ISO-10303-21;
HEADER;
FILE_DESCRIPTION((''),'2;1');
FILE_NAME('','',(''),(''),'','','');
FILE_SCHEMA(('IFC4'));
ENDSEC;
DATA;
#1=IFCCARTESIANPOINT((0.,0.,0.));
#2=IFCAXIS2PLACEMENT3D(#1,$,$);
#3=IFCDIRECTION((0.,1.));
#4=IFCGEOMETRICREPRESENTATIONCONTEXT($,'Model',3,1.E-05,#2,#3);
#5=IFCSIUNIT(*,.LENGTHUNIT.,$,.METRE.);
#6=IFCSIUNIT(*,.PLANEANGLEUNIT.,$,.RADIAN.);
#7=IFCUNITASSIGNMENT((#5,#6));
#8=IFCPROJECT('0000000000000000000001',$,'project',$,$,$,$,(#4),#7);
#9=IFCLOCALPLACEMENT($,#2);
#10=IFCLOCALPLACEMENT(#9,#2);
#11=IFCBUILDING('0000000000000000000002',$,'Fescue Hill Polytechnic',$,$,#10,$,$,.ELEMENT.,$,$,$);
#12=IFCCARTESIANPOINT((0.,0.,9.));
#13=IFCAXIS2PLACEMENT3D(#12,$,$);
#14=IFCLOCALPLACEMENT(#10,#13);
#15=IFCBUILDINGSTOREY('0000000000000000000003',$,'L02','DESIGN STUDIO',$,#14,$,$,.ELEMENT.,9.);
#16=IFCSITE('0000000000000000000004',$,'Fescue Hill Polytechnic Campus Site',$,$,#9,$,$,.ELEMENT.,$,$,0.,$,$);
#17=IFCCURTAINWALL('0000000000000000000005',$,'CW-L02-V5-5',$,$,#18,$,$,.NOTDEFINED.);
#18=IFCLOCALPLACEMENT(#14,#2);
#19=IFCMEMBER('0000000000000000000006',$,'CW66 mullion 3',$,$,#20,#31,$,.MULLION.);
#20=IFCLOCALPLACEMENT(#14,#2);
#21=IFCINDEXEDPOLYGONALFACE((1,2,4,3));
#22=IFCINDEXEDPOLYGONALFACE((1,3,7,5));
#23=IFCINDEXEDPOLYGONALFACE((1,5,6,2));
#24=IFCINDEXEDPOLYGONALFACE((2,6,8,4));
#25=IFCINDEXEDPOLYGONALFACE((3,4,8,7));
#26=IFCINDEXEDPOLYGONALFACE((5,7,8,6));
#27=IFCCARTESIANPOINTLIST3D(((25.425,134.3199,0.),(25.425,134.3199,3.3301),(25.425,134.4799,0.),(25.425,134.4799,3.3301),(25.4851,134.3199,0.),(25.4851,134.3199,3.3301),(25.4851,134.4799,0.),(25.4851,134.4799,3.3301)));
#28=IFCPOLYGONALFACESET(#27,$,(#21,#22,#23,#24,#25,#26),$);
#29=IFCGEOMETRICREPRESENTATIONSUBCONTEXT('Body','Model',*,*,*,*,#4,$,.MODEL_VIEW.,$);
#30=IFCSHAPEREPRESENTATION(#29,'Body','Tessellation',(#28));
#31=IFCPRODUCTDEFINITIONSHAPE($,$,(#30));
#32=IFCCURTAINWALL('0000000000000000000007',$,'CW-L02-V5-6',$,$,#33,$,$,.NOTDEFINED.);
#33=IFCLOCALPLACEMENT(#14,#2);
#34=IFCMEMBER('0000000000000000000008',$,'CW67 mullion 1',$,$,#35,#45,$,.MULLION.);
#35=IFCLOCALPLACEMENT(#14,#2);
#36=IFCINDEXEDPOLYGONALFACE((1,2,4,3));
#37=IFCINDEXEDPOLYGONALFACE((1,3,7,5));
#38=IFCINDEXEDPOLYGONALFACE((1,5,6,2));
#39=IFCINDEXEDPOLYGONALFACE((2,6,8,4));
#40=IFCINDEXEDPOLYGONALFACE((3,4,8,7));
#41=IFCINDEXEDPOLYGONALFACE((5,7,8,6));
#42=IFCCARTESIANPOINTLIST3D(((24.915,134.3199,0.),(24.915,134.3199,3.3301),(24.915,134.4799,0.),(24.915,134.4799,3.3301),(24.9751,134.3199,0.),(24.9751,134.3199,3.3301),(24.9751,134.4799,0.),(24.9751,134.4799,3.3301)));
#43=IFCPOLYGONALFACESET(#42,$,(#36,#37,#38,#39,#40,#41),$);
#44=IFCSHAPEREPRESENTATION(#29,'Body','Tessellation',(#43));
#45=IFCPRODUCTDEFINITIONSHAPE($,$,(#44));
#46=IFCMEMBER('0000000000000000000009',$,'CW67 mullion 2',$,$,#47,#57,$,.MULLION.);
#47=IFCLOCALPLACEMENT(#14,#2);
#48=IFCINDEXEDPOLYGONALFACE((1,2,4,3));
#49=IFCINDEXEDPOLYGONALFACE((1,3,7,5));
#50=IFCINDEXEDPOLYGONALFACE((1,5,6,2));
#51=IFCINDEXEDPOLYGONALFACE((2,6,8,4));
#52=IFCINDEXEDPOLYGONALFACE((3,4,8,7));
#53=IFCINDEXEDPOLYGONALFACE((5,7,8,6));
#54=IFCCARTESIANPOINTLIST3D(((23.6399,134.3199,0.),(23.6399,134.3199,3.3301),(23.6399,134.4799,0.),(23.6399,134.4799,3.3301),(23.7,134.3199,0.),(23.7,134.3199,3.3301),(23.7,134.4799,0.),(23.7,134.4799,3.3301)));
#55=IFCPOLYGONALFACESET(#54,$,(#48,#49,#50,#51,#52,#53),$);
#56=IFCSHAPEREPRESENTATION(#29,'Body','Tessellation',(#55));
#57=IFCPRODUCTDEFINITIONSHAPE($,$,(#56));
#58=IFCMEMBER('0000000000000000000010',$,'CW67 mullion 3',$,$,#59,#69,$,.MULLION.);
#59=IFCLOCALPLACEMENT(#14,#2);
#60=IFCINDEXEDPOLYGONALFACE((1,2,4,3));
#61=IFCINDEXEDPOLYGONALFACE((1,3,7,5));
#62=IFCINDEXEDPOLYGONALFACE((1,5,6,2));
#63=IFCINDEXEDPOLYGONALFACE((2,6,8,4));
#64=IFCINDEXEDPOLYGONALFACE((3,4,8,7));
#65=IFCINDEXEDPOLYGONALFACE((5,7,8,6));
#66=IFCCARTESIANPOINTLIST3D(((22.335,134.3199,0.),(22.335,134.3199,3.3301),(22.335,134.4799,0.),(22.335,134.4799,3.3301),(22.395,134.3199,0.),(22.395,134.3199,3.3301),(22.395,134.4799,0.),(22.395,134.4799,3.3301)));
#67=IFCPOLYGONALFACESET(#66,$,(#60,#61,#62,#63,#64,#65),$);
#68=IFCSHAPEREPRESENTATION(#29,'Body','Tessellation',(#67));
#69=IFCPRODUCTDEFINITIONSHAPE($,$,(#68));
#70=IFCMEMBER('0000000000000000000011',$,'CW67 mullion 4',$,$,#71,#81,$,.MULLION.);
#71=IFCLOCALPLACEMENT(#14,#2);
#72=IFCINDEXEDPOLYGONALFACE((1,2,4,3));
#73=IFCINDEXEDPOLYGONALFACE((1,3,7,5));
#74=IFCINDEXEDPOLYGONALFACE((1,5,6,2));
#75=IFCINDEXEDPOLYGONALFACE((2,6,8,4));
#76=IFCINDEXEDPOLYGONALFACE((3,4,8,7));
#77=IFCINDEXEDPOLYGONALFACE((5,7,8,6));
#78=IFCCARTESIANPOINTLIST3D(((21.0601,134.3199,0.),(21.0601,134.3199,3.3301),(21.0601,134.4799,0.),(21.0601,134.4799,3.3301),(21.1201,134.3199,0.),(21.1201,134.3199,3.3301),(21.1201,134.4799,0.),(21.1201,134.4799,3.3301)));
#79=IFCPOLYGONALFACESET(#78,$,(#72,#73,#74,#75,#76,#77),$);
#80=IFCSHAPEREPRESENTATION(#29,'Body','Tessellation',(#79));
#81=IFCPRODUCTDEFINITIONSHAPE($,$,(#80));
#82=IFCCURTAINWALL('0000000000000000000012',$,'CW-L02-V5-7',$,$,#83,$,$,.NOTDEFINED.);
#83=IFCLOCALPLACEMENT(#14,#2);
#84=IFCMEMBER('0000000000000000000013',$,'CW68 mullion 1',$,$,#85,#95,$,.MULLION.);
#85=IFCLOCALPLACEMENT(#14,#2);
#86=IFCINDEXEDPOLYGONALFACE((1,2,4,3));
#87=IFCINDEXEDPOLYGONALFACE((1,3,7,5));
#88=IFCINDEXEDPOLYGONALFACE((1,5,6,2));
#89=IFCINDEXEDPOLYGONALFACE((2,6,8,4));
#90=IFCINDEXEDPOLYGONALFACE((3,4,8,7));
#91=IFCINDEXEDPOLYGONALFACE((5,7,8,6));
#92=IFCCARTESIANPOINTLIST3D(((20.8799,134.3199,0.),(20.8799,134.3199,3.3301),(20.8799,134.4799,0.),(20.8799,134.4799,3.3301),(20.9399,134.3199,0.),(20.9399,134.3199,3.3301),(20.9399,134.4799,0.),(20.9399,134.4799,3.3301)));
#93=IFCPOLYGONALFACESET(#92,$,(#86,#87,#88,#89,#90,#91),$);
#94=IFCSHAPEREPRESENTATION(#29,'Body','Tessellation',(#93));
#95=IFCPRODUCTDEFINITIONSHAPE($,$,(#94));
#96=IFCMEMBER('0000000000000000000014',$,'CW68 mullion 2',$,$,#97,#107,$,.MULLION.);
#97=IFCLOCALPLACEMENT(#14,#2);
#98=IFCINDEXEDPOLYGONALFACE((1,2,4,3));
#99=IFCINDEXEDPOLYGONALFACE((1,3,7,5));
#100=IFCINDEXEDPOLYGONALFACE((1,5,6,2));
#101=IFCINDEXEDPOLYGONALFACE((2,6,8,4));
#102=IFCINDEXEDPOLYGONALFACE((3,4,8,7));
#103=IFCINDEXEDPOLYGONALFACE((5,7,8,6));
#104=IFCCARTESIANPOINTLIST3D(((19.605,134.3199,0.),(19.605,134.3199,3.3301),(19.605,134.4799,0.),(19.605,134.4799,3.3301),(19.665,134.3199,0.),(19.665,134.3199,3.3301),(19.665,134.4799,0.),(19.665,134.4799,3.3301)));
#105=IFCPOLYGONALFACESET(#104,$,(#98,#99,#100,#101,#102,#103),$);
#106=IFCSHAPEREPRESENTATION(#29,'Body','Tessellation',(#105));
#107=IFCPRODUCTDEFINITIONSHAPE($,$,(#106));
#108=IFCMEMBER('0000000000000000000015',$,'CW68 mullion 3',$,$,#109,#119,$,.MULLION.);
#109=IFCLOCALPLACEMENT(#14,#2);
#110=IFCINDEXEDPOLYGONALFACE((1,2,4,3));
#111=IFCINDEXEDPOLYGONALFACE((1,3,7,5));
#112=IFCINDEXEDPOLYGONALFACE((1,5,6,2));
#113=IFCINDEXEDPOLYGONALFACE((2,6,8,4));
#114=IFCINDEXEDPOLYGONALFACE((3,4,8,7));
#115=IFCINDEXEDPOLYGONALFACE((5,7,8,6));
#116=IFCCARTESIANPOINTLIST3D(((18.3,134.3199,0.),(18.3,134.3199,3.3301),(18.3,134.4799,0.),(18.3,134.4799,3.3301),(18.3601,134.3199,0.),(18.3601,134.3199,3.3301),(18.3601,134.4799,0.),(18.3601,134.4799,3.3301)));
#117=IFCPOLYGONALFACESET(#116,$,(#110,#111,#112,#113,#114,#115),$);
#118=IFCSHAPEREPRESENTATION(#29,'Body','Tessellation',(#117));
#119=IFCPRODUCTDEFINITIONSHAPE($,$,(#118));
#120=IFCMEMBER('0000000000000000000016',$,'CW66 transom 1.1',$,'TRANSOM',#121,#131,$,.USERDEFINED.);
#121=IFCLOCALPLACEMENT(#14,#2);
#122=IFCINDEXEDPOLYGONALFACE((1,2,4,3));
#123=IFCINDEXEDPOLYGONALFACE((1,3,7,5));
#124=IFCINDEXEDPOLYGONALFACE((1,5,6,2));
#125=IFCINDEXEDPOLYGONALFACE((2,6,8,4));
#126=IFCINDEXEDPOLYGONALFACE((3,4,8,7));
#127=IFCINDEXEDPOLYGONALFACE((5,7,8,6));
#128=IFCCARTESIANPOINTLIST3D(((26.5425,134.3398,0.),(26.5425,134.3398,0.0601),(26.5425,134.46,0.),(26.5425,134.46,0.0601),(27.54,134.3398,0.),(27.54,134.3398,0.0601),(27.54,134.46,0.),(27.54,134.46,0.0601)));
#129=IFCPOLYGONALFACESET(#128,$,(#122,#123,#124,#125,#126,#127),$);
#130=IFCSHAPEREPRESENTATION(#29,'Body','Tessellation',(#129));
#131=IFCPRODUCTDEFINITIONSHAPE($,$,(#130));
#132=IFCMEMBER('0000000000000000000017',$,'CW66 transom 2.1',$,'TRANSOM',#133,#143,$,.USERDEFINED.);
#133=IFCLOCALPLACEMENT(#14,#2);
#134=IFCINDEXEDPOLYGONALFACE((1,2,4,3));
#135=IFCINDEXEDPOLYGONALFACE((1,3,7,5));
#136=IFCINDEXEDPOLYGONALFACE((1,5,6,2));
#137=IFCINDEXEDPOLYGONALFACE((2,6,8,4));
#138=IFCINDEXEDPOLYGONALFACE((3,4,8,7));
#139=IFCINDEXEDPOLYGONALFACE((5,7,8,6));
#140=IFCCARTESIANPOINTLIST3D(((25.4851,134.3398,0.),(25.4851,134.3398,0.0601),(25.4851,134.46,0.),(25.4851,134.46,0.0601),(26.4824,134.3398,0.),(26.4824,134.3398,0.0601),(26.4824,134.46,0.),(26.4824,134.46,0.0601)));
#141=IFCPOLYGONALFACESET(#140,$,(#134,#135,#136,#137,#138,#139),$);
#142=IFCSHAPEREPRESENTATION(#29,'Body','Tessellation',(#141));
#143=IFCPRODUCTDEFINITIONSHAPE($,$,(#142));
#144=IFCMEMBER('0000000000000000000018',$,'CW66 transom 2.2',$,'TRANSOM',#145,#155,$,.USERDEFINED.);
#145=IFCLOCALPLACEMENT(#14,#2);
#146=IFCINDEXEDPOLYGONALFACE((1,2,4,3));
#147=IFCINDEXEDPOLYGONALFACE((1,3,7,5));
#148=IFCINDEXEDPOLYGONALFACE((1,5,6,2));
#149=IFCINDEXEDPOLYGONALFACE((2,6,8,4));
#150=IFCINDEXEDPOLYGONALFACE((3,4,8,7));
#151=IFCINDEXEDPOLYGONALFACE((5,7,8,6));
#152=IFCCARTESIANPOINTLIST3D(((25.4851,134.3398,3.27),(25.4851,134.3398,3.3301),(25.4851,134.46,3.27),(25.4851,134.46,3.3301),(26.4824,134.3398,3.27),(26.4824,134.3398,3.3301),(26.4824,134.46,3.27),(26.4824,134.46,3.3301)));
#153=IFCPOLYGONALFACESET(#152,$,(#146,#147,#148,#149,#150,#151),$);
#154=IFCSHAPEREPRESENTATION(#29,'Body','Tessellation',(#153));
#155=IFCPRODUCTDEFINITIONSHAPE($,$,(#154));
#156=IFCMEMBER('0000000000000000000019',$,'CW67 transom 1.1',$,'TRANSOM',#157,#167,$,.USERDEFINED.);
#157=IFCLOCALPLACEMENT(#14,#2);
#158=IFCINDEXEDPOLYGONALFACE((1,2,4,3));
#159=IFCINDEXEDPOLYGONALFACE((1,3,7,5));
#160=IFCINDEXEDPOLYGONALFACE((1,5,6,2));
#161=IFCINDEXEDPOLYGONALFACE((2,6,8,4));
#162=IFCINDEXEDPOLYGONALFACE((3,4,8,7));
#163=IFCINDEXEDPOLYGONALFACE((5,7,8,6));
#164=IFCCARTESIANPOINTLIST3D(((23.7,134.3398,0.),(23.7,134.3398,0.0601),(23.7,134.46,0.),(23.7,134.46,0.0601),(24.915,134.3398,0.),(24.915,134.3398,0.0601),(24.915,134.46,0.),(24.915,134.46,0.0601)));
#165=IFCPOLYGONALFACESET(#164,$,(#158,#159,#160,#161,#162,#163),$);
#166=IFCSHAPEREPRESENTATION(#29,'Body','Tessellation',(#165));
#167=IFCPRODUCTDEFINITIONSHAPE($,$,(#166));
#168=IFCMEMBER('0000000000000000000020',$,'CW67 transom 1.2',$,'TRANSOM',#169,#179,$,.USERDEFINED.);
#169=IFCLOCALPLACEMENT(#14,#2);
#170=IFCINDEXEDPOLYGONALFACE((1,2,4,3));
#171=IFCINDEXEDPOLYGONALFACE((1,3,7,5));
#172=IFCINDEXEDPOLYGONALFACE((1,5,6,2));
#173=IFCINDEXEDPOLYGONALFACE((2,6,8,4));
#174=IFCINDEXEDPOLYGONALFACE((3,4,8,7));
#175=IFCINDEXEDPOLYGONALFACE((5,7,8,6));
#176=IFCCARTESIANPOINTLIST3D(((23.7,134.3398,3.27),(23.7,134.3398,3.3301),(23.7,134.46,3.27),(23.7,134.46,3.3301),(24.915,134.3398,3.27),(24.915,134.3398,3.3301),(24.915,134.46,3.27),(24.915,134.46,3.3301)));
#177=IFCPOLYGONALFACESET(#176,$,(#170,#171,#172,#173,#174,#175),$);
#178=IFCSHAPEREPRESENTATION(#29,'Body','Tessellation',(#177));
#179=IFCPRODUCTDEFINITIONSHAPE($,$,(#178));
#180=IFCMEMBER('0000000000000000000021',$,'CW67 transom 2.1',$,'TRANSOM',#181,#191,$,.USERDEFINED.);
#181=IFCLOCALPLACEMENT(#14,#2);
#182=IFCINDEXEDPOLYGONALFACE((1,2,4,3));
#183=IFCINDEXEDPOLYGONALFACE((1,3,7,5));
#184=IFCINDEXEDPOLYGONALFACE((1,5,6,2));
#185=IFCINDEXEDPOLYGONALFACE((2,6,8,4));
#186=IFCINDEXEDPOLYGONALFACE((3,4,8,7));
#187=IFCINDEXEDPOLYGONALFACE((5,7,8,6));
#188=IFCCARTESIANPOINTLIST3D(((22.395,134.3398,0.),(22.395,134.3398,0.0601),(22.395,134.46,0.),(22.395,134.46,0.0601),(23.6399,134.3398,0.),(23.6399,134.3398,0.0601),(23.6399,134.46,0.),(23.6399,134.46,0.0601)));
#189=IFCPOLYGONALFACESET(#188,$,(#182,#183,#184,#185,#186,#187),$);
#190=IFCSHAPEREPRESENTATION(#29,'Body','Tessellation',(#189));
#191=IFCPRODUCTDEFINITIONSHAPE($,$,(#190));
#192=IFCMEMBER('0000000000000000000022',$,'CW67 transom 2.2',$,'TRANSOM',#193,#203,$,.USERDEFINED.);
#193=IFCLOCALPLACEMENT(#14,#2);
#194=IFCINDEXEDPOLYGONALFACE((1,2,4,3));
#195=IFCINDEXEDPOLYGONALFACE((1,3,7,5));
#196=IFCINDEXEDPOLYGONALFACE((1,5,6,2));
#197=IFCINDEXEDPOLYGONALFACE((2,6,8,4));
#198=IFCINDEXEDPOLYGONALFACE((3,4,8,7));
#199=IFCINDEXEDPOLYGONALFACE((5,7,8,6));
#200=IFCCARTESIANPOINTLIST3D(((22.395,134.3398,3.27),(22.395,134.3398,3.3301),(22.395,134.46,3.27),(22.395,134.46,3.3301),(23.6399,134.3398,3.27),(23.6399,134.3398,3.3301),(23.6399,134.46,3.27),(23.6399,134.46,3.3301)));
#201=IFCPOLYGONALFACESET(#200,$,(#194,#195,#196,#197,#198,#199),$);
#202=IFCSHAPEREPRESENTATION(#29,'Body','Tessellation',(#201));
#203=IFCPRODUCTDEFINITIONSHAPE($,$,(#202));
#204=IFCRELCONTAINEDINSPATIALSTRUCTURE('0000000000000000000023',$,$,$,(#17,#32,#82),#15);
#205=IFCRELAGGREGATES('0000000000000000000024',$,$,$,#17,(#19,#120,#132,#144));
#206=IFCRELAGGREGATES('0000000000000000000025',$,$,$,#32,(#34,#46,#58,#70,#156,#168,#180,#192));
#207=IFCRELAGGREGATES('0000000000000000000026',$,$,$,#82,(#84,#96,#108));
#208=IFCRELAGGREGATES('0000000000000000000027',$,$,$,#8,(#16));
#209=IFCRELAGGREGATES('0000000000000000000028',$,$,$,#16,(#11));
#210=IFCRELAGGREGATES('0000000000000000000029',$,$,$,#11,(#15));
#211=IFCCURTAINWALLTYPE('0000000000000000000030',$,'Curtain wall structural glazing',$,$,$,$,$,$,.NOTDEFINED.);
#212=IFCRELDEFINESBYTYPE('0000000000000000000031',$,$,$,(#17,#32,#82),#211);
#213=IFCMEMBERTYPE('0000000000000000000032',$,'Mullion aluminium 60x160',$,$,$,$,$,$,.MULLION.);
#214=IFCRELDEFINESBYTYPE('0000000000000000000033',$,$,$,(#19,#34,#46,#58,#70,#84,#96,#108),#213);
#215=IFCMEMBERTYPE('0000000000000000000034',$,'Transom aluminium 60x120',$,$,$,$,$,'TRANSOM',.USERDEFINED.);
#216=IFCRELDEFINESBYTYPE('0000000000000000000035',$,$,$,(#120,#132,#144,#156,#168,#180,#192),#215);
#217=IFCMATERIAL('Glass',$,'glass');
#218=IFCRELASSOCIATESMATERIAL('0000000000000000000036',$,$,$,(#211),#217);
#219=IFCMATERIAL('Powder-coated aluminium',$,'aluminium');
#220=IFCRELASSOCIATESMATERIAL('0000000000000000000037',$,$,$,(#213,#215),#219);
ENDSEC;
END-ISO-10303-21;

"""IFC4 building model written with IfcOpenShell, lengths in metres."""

from ifc_helpers import new_model, si_unit, direction, frame, origin, origin_2d, place, context, subcontext, project, spatial, rectangle, extrude, material, material_profile, profile_set, type_object, element, aggregate, save


model = new_model("IFC4")

# Units and contexts
model_context = context("Model", 3, precision=1e-05, world=origin(), true_north=direction((0.0, 1.0)))
body_context = subcontext(model_context, "Body", "Model", "MODEL_VIEW")
ifc_project = project(units=[si_unit("LENGTHUNIT", "METRE"), si_unit("PLANEANGLEUNIT", "RADIAN")], contexts=[model_context])

# Site, building, storey
site_placement = place(None, origin())
site = spatial("IfcSite", under=ifc_project, at=site_placement, Name="Fescue Hill Polytechnic Campus Site", CompositionType="ELEMENT", RefElevation=0.0)
building_placement = place(site_placement, origin())
building = spatial("IfcBuilding", under=site, at=building_placement, Name="Fescue Hill Polytechnic", CompositionType="ELEMENT")
storey_placement = place(building_placement, frame((0.0, 0.0, 9.0)))
storey = spatial("IfcBuildingStorey", under=building, at=storey_placement, Name="L02", Description="DESIGN STUDIO", CompositionType="ELEMENT", Elevation=9.0)

# Curtain walls, members
ifc_material_1 = material(Name="Glass", Category="glass")
curtain_wall_type = type_object("IfcCurtainWallType", Name="Curtain wall structural glazing", PredefinedType="NOTDEFINED", material=ifc_material_1)
curtain_wall_1_placement = place(storey_placement, origin())
curtain_wall_1 = element("IfcCurtainWall", 1, at=curtain_wall_1_placement, inside=storey, type_object=curtain_wall_type, Name="CW-L02-V5-5", PredefinedType="NOTDEFINED")
ifc_material_2 = material(Name="Powder-coated aluminium", Category="aluminium")
ifc_material_profile_1 = material_profile(ifc_material_2, rectangle(XDim=0.1599, YDim=0.0601, at=origin_2d()), Name="Mullion aluminium 60x160")
ifc_profile_set_1 = profile_set([ifc_material_profile_1], Name="Powder-coated aluminium")
member_type_1 = type_object("IfcMemberType", Name="Mullion aluminium 60x160", PredefinedType="MULLION", material=ifc_profile_set_1)
member_1_placement = place(storey_placement, frame((25.4551, 134.3999, 0.0), z_axis=(0.0, 0.0, 1.0), x_axis=(0.0, -1.0, 0.0)))
member_1 = element("IfcMember", 2, at=member_1_placement, type_object=member_type_1, Name="CW66 mullion 3", PredefinedType="MULLION", context=body_context, shape_type="SweptSolid", body=[
    extrude(rectangle(XDim=0.1599, YDim=0.0601, at=origin_2d()), origin(), (0.0, 0.0, 1.0), 3.3301),
])
curtain_wall_2_placement = place(storey_placement, origin())
curtain_wall_2 = element("IfcCurtainWall", 3, at=curtain_wall_2_placement, inside=storey, type_object=curtain_wall_type, Name="CW-L02-V5-6", PredefinedType="NOTDEFINED")
member_2_placement = place(storey_placement, frame((24.9451, 134.3999, 0.0), z_axis=(0.0, 0.0, 1.0), x_axis=(0.0, -1.0, 0.0)))
member_2 = element("IfcMember", 4, at=member_2_placement, type_object=member_type_1, Name="CW67 mullion 1", PredefinedType="MULLION", context=body_context, shape_type="SweptSolid", body=[
    extrude(rectangle(XDim=0.1599, YDim=0.0601, at=origin_2d()), origin(), (0.0, 0.0, 1.0), 3.3301),
])
member_3_placement = place(storey_placement, frame((23.6699, 134.3999, 0.0), z_axis=(0.0, 0.0, 1.0), x_axis=(0.0, -1.0, 0.0)))
member_3 = element("IfcMember", 5, at=member_3_placement, type_object=member_type_1, Name="CW67 mullion 2", PredefinedType="MULLION", context=body_context, shape_type="SweptSolid", body=[
    extrude(rectangle(XDim=0.1599, YDim=0.0601, at=origin_2d()), origin(), (0.0, 0.0, 1.0), 3.3301),
])
member_4_placement = place(storey_placement, frame((22.365, 134.3999, 0.0), z_axis=(0.0, 0.0, 1.0), x_axis=(0.0, -1.0, 0.0)))
member_4 = element("IfcMember", 6, at=member_4_placement, type_object=member_type_1, Name="CW67 mullion 3", PredefinedType="MULLION", context=body_context, shape_type="SweptSolid", body=[
    extrude(rectangle(XDim=0.1599, YDim=0.0601, at=origin_2d()), origin(), (0.0, 0.0, 1.0), 3.3301),
])
member_5_placement = place(storey_placement, frame((21.0901, 134.3999, 0.0), z_axis=(0.0, 0.0, 1.0), x_axis=(0.0, -1.0, 0.0)))
member_5 = element("IfcMember", 7, at=member_5_placement, type_object=member_type_1, Name="CW67 mullion 4", PredefinedType="MULLION", context=body_context, shape_type="SweptSolid", body=[
    extrude(rectangle(XDim=0.1599, YDim=0.0601, at=origin_2d()), origin(), (0.0, 0.0, 1.0), 3.3301),
])
curtain_wall_3_placement = place(storey_placement, origin())
curtain_wall_3 = element("IfcCurtainWall", 8, at=curtain_wall_3_placement, inside=storey, type_object=curtain_wall_type, Name="CW-L02-V5-7", PredefinedType="NOTDEFINED")
member_6_placement = place(storey_placement, frame((20.9099, 134.3999, 0.0), z_axis=(0.0, 0.0, 1.0), x_axis=(0.0, -1.0, 0.0)))
member_6 = element("IfcMember", 9, at=member_6_placement, type_object=member_type_1, Name="CW68 mullion 1", PredefinedType="MULLION", context=body_context, shape_type="SweptSolid", body=[
    extrude(rectangle(XDim=0.1599, YDim=0.0601, at=origin_2d()), origin(), (0.0, 0.0, 1.0), 3.3301),
])
member_7_placement = place(storey_placement, frame((19.635, 134.3999, 0.0), z_axis=(0.0, 0.0, 1.0), x_axis=(0.0, -1.0, 0.0)))
member_7 = element("IfcMember", 10, at=member_7_placement, type_object=member_type_1, Name="CW68 mullion 2", PredefinedType="MULLION", context=body_context, shape_type="SweptSolid", body=[
    extrude(rectangle(XDim=0.1599, YDim=0.0601, at=origin_2d()), origin(), (0.0, 0.0, 1.0), 3.3301),
])
member_8_placement = place(storey_placement, frame((18.3301, 134.3999, 0.0), z_axis=(0.0, 0.0, 1.0), x_axis=(0.0, -1.0, 0.0)))
member_8 = element("IfcMember", 11, at=member_8_placement, type_object=member_type_1, Name="CW68 mullion 3", PredefinedType="MULLION", context=body_context, shape_type="SweptSolid", body=[
    extrude(rectangle(XDim=0.1599, YDim=0.0601, at=origin_2d()), origin(), (0.0, 0.0, 1.0), 3.3301),
])

# Members
ifc_material_profile_2 = material_profile(ifc_material_2, rectangle(XDim=0.1201, YDim=0.0601, at=origin_2d()), Name="Transom aluminium 60x120")
ifc_profile_set_2 = profile_set([ifc_material_profile_2], Name="Powder-coated aluminium")
member_type_2 = type_object("IfcMemberType", Name="Transom aluminium 60x120", ElementType="TRANSOM", PredefinedType="USERDEFINED", material=ifc_profile_set_2)
member_9_placement = place(storey_placement, frame((27.54, 134.3999, 0.03), z_axis=(-1.0, 0.0, 0.0), x_axis=(0.0, -1.0, 0.0)))
member_9 = element("IfcMember", 12, at=member_9_placement, type_object=member_type_2, Name="CW66 transom 1.1", ObjectType="TRANSOM", PredefinedType="USERDEFINED", context=body_context, shape_type="SweptSolid", body=[
    extrude(rectangle(XDim=0.1201, YDim=0.0601, at=origin_2d()), origin(), (0.0, 0.0, 1.0), 0.9976),
])
member_10_placement = place(storey_placement, frame((26.4824, 134.3999, 0.03), z_axis=(-1.0, 0.0, 0.0), x_axis=(0.0, -1.0, 0.0)))
member_10 = element("IfcMember", 13, at=member_10_placement, type_object=member_type_2, Name="CW66 transom 2.1", ObjectType="TRANSOM", PredefinedType="USERDEFINED", context=body_context, shape_type="SweptSolid", body=[
    extrude(rectangle(XDim=0.1201, YDim=0.0601, at=origin_2d()), origin(), (0.0, 0.0, 1.0), 0.9973),
])
member_11_placement = place(storey_placement, frame((26.4824, 134.3999, 3.3), z_axis=(-1.0, 0.0, 0.0), x_axis=(0.0, -1.0, 0.0)))
member_11 = element("IfcMember", 14, at=member_11_placement, type_object=member_type_2, Name="CW66 transom 2.2", ObjectType="TRANSOM", PredefinedType="USERDEFINED", context=body_context, shape_type="SweptSolid", body=[
    extrude(rectangle(XDim=0.1201, YDim=0.0601, at=origin_2d()), origin(), (0.0, 0.0, 1.0), 0.9973),
])
member_12_placement = place(storey_placement, frame((24.915, 134.3999, 0.03), z_axis=(-1.0, 0.0, 0.0), x_axis=(0.0, -1.0, 0.0)))
member_12 = element("IfcMember", 15, at=member_12_placement, type_object=member_type_2, Name="CW67 transom 1.1", ObjectType="TRANSOM", PredefinedType="USERDEFINED", context=body_context, shape_type="SweptSolid", body=[
    extrude(rectangle(XDim=0.1201, YDim=0.0601, at=origin_2d()), origin(), (0.0, 0.0, 1.0), 1.2151),
])
member_13_placement = place(storey_placement, frame((24.915, 134.3999, 3.3), z_axis=(-1.0, 0.0, 0.0), x_axis=(0.0, -1.0, 0.0)))
member_13 = element("IfcMember", 16, at=member_13_placement, type_object=member_type_2, Name="CW67 transom 1.2", ObjectType="TRANSOM", PredefinedType="USERDEFINED", context=body_context, shape_type="SweptSolid", body=[
    extrude(rectangle(XDim=0.1201, YDim=0.0601, at=origin_2d()), origin(), (0.0, 0.0, 1.0), 1.2151),
])
member_14_placement = place(storey_placement, frame((23.6399, 134.3999, 0.03), z_axis=(-1.0, 0.0, 0.0), x_axis=(0.0, -1.0, 0.0)))
member_14 = element("IfcMember", 17, at=member_14_placement, type_object=member_type_2, Name="CW67 transom 2.1", ObjectType="TRANSOM", PredefinedType="USERDEFINED", context=body_context, shape_type="SweptSolid", body=[
    extrude(rectangle(XDim=0.1201, YDim=0.0601, at=origin_2d()), origin(), (0.0, 0.0, 1.0), 1.2449),
])
member_15_placement = place(storey_placement, frame((23.6399, 134.3999, 3.3), z_axis=(-1.0, 0.0, 0.0), x_axis=(0.0, -1.0, 0.0)))
member_15 = element("IfcMember", 18, at=member_15_placement, type_object=member_type_2, Name="CW67 transom 2.2", ObjectType="TRANSOM", PredefinedType="USERDEFINED", context=body_context, shape_type="SweptSolid", body=[
    extrude(rectangle(XDim=0.1201, YDim=0.0601, at=origin_2d()), origin(), (0.0, 0.0, 1.0), 1.2449),
])

aggregate(curtain_wall_1, [member_1, member_9, member_10, member_11])
aggregate(curtain_wall_2, [member_2, member_3, member_4, member_5, member_12, member_13, member_14, member_15])
aggregate(curtain_wall_3, [member_6, member_7, member_8])

save(model, "model.ifc")
